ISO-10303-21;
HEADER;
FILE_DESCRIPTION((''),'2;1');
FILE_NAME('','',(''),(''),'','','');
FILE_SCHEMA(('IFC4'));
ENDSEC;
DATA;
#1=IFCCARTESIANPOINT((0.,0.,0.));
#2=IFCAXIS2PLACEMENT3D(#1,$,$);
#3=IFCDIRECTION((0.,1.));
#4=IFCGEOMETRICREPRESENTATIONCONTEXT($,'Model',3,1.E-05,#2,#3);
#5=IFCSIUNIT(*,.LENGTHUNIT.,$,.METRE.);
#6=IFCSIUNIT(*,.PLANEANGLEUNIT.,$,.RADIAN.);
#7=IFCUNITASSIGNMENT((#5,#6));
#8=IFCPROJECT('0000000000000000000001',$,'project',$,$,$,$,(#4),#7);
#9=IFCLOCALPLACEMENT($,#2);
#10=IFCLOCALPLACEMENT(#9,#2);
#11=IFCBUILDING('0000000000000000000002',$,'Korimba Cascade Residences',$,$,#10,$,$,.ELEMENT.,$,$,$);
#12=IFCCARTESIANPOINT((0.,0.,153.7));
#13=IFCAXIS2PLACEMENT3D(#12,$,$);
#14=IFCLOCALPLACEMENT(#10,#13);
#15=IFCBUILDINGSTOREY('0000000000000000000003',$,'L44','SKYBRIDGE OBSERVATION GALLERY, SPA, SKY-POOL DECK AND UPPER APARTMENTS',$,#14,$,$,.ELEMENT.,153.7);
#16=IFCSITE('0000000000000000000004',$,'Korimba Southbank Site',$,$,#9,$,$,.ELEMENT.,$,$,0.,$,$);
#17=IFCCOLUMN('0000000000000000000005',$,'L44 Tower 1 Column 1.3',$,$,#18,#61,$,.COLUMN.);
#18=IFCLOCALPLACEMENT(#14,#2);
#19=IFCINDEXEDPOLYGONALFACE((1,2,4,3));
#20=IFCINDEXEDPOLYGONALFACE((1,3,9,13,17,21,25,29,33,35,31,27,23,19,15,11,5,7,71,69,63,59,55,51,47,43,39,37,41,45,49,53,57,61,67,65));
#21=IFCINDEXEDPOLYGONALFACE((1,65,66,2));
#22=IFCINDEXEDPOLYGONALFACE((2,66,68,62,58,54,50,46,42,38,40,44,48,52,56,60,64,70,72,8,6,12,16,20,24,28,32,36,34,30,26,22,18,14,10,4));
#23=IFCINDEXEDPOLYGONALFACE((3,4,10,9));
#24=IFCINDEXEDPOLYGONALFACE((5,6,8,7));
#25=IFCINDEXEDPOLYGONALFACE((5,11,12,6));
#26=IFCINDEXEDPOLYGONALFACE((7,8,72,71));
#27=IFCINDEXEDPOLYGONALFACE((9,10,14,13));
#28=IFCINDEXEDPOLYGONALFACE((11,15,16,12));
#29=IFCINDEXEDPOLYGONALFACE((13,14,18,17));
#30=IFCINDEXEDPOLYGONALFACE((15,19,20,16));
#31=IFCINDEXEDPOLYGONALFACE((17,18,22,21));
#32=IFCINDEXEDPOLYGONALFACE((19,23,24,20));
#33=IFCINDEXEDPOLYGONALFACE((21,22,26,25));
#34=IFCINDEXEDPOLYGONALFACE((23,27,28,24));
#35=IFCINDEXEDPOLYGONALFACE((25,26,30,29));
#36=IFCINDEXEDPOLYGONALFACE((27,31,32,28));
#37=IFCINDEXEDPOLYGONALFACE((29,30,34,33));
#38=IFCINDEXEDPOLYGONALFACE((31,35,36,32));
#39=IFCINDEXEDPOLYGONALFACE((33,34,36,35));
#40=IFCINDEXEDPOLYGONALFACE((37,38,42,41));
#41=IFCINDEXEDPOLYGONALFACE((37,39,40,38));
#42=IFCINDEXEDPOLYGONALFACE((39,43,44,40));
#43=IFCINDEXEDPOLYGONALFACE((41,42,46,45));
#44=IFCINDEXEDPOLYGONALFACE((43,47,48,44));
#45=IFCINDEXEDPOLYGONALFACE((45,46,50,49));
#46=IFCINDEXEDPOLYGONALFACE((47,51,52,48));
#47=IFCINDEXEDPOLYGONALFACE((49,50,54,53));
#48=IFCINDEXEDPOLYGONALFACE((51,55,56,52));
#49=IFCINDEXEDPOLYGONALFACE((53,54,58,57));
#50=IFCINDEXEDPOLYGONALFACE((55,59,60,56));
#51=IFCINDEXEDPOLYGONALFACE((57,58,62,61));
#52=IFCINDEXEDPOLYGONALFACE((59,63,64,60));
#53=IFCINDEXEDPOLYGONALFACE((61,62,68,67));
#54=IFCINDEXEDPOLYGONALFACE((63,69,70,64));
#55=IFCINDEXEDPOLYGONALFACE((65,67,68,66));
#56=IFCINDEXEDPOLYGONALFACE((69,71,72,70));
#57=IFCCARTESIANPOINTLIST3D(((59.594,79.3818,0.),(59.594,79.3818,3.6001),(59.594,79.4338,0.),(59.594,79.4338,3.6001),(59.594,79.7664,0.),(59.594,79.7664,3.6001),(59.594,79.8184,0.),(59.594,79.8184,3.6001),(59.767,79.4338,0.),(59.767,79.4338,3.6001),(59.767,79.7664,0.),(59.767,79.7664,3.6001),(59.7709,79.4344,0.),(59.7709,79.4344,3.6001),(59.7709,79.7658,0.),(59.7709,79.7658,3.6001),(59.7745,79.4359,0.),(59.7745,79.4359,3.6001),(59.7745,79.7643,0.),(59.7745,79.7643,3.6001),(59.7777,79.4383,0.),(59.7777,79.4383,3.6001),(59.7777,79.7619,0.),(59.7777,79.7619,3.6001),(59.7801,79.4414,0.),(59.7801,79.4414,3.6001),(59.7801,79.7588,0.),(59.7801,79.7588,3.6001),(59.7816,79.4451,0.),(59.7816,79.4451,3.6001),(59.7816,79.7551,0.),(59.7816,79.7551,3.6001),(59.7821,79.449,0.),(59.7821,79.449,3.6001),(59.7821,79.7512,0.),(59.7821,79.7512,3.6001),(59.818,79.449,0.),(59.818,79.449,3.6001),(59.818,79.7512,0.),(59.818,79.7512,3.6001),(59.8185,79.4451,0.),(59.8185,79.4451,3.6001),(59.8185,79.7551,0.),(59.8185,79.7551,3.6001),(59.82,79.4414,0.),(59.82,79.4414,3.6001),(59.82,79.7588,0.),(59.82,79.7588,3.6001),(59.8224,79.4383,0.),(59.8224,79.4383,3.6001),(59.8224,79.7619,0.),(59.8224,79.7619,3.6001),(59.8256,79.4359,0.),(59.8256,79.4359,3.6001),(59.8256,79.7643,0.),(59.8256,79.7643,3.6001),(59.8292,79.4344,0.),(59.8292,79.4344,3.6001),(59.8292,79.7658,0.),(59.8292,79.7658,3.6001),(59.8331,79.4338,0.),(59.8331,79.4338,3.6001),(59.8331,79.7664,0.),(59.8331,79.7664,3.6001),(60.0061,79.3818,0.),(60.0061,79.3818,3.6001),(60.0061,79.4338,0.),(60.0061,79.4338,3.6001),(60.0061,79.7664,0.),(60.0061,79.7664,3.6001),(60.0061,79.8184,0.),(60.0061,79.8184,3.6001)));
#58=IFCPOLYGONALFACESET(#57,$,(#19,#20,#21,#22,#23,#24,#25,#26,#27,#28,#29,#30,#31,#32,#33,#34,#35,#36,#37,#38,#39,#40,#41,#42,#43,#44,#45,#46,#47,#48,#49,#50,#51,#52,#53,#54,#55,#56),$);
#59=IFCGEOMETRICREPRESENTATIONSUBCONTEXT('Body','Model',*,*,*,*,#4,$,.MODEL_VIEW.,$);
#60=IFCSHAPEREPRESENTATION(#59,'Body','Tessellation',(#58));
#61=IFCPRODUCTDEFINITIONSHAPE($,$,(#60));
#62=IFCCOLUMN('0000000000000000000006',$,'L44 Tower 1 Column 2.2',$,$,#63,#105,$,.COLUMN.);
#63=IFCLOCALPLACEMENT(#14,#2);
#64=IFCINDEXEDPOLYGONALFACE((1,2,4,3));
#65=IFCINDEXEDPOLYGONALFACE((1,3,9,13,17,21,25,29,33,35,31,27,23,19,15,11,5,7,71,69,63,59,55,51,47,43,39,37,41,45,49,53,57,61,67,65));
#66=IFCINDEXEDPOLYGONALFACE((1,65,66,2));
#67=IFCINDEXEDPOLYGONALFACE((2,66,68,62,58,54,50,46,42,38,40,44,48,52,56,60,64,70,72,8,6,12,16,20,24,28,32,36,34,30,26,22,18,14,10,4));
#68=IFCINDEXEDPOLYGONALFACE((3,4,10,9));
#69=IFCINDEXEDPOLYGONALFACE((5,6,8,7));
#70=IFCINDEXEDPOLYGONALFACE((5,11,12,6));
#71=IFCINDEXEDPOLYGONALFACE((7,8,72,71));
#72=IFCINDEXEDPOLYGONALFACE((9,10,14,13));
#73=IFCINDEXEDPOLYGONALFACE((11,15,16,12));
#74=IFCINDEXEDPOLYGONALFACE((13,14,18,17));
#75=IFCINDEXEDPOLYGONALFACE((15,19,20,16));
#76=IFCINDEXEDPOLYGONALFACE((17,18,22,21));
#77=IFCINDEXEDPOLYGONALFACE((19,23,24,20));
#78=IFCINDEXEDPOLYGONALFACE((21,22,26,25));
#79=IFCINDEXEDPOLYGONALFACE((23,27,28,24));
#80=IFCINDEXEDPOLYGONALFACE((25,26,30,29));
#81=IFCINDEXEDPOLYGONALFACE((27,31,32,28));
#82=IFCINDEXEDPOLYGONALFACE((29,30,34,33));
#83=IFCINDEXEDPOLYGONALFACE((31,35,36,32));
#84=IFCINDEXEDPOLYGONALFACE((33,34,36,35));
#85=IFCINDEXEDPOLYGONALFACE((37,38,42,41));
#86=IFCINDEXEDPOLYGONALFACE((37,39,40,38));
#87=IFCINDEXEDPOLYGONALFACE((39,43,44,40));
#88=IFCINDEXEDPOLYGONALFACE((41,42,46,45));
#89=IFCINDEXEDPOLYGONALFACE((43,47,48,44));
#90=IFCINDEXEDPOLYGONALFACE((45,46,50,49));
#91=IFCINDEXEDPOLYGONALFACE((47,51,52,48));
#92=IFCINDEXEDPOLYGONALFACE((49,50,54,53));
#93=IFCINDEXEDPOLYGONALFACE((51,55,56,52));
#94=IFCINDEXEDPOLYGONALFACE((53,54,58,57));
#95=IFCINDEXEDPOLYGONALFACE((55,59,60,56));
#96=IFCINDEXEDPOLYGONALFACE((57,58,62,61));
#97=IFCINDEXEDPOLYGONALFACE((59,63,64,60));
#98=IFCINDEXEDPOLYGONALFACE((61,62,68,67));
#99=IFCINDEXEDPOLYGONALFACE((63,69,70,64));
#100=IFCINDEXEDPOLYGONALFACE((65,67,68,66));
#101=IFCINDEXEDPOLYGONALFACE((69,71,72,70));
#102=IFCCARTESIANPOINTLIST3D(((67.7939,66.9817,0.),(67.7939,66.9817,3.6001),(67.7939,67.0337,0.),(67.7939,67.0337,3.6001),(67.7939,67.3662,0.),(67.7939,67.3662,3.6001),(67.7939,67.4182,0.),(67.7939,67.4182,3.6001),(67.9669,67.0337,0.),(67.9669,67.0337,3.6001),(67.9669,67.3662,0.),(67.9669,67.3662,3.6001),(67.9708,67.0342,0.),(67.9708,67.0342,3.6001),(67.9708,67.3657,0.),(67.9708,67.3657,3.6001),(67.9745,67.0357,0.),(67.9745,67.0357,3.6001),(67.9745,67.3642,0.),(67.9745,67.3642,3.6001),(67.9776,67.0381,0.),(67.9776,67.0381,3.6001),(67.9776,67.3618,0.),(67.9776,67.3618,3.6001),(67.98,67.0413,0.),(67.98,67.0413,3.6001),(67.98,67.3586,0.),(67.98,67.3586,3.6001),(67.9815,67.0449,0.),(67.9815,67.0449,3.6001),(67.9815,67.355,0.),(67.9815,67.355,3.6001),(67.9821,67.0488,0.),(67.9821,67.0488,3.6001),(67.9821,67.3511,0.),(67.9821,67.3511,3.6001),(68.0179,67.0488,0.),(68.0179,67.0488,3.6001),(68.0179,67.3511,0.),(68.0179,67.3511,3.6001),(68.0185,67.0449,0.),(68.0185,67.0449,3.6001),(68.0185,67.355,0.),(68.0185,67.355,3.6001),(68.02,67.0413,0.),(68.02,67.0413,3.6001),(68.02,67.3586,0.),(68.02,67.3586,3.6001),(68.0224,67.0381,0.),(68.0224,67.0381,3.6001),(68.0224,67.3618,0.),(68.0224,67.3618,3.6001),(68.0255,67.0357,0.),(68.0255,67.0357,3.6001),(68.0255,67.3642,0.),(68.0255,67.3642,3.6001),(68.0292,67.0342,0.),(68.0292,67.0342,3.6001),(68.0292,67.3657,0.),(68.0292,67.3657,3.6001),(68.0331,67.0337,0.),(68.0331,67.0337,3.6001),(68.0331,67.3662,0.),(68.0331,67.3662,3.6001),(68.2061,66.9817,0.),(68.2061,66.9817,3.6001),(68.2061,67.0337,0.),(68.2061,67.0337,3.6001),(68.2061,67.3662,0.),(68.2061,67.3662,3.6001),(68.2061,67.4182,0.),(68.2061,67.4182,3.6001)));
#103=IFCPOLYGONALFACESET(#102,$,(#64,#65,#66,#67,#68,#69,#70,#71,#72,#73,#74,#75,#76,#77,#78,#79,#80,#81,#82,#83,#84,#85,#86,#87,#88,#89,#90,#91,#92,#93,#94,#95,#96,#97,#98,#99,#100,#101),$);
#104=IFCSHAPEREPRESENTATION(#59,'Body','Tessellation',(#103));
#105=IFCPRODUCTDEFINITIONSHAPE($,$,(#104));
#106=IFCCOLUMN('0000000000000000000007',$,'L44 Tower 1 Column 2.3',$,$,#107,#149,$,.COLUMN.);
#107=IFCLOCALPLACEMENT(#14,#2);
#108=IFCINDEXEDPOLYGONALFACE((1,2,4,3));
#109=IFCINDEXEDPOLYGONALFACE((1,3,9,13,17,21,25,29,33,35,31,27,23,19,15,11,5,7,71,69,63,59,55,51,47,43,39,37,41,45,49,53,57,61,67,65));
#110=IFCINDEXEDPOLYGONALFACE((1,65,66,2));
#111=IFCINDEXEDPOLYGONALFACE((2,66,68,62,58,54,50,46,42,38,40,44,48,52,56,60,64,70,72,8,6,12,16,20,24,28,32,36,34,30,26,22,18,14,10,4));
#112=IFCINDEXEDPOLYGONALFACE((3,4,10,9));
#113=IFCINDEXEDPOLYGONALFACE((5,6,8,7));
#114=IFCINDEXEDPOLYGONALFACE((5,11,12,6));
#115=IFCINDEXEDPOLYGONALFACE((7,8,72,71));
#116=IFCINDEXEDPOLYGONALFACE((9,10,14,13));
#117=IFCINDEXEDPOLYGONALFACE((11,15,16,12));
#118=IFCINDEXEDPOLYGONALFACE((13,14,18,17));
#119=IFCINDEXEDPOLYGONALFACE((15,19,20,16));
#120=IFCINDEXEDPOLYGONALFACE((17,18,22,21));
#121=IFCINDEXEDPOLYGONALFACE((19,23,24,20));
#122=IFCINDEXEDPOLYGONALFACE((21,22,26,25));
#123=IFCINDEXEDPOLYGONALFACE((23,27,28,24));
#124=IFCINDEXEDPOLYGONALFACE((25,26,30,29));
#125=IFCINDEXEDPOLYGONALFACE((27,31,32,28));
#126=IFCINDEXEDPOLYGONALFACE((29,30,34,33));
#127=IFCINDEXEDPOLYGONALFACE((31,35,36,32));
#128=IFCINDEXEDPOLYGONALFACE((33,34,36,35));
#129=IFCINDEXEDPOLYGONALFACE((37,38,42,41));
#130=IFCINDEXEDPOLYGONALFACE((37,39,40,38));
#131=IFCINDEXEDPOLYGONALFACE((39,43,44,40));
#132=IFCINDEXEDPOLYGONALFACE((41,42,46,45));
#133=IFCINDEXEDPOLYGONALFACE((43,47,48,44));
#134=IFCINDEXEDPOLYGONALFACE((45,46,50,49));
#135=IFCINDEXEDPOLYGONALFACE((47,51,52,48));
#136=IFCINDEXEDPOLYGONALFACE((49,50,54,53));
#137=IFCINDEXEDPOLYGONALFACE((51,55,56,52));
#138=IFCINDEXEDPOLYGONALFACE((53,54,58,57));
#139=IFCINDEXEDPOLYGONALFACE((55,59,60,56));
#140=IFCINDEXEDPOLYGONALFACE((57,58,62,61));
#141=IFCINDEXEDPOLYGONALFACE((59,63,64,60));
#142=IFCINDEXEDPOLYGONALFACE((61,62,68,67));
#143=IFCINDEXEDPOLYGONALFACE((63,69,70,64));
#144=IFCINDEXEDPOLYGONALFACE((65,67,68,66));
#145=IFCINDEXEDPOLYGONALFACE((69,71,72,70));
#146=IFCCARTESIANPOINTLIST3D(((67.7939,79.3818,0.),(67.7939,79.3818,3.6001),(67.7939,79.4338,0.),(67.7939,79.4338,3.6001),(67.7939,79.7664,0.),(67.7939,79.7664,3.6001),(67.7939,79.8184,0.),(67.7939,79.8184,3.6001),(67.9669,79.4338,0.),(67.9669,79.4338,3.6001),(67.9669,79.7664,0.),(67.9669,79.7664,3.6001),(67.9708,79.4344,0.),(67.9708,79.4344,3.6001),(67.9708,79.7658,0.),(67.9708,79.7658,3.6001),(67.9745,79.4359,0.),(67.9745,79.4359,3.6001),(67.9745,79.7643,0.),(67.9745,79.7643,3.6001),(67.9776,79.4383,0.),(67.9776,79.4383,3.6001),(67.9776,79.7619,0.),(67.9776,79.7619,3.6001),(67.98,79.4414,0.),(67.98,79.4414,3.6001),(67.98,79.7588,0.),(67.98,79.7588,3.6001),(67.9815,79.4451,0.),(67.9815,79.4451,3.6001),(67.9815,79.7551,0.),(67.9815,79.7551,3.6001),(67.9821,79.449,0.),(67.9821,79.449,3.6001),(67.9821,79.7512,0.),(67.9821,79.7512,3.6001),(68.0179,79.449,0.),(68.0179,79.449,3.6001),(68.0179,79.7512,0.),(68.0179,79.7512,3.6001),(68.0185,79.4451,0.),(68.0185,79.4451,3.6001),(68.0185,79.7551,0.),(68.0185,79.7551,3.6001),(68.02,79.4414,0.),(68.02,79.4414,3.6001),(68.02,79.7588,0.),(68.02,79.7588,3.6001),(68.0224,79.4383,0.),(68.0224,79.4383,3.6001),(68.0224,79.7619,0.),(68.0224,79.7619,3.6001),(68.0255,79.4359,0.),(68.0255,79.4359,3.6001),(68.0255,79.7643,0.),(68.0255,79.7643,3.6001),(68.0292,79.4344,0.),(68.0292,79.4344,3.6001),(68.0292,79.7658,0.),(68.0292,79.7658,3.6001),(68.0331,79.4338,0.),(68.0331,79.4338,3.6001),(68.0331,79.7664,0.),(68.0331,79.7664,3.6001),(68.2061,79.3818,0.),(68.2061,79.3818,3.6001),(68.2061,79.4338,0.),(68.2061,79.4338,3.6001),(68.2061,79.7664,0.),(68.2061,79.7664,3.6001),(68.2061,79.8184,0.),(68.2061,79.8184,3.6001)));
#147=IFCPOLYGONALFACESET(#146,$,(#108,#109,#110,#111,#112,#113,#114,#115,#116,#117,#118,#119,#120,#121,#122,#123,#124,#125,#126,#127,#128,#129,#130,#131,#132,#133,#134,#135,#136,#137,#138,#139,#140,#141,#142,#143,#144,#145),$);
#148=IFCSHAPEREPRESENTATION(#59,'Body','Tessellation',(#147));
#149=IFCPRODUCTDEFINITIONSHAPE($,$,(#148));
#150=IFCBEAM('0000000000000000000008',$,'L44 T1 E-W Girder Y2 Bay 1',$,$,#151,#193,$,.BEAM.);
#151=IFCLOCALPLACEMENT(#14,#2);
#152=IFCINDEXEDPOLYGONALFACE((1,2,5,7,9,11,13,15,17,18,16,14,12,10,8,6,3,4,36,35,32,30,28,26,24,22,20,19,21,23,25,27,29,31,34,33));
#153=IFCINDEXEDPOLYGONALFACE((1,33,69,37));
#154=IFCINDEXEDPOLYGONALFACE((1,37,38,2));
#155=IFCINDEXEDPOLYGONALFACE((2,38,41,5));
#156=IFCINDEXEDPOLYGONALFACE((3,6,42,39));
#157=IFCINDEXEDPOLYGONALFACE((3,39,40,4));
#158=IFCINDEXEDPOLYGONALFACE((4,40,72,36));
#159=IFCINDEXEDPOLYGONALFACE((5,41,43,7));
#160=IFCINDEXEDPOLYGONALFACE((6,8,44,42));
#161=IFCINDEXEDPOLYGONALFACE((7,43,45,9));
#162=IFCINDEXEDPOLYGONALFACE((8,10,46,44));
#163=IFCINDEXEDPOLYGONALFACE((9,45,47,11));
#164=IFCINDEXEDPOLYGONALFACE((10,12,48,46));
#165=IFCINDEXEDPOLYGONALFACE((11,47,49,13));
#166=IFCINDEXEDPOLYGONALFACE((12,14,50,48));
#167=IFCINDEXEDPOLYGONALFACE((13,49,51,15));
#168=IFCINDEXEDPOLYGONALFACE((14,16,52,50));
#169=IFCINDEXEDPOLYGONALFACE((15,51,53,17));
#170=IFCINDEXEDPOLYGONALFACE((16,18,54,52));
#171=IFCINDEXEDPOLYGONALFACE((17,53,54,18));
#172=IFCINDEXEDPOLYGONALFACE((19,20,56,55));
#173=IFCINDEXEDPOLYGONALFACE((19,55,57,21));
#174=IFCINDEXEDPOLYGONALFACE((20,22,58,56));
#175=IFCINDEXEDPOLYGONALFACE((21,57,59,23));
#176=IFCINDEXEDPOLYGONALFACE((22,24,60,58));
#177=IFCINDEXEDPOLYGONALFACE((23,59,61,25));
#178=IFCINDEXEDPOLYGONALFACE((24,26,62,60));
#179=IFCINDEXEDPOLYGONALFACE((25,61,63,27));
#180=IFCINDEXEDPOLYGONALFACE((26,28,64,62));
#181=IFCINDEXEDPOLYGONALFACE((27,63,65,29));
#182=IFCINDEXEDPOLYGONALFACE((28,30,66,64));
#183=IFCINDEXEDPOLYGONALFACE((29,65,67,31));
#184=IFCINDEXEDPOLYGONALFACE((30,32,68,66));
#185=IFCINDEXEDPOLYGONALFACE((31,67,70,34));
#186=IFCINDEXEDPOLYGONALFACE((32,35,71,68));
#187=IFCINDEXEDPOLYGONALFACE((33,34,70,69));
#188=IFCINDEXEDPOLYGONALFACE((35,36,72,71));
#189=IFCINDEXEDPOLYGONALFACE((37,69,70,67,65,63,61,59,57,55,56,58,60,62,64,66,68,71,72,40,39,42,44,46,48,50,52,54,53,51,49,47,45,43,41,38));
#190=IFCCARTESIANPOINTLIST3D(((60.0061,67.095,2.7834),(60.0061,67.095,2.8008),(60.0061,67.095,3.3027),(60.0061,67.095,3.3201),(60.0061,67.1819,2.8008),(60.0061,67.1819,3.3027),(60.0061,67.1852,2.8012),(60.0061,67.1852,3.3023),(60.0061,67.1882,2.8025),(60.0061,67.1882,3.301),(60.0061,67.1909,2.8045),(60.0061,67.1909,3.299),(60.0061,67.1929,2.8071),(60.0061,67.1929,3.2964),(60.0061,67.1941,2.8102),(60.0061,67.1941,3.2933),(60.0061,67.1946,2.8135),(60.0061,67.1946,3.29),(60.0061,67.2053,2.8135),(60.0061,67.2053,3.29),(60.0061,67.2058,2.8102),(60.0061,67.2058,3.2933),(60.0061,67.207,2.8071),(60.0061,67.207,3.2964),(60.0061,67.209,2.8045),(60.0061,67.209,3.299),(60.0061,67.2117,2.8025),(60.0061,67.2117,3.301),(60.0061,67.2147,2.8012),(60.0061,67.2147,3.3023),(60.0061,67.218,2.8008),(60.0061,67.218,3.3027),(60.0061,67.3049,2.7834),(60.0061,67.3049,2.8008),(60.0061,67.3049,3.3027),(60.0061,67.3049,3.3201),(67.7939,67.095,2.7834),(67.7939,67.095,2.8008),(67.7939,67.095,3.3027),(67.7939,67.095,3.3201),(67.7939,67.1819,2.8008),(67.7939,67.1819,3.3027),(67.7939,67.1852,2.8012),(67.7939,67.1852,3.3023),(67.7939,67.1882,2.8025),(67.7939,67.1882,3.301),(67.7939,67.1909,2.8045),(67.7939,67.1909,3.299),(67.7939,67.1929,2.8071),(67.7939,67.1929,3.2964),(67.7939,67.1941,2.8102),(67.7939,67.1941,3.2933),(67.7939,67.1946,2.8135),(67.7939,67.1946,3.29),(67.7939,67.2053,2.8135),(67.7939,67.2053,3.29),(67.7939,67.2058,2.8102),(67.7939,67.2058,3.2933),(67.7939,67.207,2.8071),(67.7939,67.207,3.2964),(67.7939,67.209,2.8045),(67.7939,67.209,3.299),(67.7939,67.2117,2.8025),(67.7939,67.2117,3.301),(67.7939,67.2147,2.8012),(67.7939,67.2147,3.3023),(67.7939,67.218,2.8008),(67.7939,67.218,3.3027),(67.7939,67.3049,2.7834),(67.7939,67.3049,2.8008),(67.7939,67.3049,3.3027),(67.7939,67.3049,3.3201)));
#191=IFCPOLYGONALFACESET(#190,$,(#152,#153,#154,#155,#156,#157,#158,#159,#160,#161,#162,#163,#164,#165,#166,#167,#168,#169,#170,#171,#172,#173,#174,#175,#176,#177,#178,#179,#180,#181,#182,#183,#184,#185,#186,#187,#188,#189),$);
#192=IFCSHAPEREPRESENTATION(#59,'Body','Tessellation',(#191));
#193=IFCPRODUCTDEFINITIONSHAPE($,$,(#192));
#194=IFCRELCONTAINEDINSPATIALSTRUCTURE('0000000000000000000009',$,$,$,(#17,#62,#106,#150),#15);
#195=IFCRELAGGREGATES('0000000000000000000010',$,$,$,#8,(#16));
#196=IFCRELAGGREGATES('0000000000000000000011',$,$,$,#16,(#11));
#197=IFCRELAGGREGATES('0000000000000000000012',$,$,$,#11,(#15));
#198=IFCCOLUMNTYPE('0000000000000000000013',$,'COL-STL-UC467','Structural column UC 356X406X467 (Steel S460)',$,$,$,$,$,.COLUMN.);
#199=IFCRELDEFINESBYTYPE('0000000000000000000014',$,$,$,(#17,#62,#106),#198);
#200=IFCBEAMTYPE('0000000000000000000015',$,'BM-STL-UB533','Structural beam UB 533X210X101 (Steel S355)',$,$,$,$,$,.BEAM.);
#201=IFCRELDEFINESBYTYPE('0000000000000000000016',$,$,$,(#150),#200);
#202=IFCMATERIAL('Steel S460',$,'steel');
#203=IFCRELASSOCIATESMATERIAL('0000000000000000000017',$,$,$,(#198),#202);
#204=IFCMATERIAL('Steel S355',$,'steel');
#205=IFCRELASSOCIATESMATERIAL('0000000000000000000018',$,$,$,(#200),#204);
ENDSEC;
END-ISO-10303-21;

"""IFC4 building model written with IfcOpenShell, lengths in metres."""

from ifc_helpers import new_model, si_unit, direction, frame, origin, origin_2d, place, context, subcontext, project, spatial, i_section, extrude, material, material_profile, profile_set, type_object, element, save


model = new_model("IFC4")

# Units and contexts
model_context = context("Model", 3, precision=1e-05, world=origin(), true_north=direction((0.0, 1.0)))
body_context = subcontext(model_context, "Body", "Model", "MODEL_VIEW")
ifc_project = project(units=[si_unit("LENGTHUNIT", "METRE"), si_unit("PLANEANGLEUNIT", "RADIAN")], contexts=[model_context])

# Site, building, storey
site_placement = place(None, origin())
site = spatial("IfcSite", under=ifc_project, at=site_placement, Name="Korimba Southbank Site", CompositionType="ELEMENT", RefElevation=0.0)
building_placement = place(site_placement, origin())
building = spatial("IfcBuilding", under=site, at=building_placement, Name="Korimba Cascade Residences", CompositionType="ELEMENT")
storey_placement = place(building_placement, frame((0.0, 0.0, 153.7)))
storey = spatial("IfcBuildingStorey", under=building, at=storey_placement, Name="L44", Description="SKYBRIDGE OBSERVATION GALLERY, SPA, SKY-POOL DECK AND UPPER APARTMENTS", CompositionType="ELEMENT", Elevation=153.7)

# Columns
ifc_material_1 = material(Name="Steel S460", Category="steel")
ifc_material_profile_1 = material_profile(ifc_material_1, i_section(OverallWidth=0.4121, OverallDepth=0.4365, WebThickness=0.0359, FlangeThickness=0.052, FilletRadius=0.0151, at=origin_2d()), Name="Steel S460")
ifc_profile_set_1 = profile_set([ifc_material_profile_1], Name="Steel S460")
column_type = type_object("IfcColumnType", Name="COL-STL-UC467", Description="Structural column UC 356X406X467 (Steel S460)", PredefinedType="COLUMN", material=ifc_profile_set_1)
for number, where, z_axis, x_axis, name in (
    (1, (59.8, 79.6001, 0.0), (0.0, 0.0, 1.0), (1.0, 0.0, 0.0), "L44 Tower 1 Column 1.3"),
    (2, (68.0, 67.2, 0.0), (0.0, 0.0, 1.0), (1.0, 0.0, 0.0), "L44 Tower 1 Column 2.2"),
    (3, (68.0, 79.6001, 0.0), (0.0, 0.0, 1.0), (1.0, 0.0, 0.0), "L44 Tower 1 Column 2.3"),
):
    element("IfcColumn", number, at=place(storey_placement, frame(where, z_axis=z_axis, x_axis=x_axis)), inside=storey, type_object=column_type, Name=name, PredefinedType="COLUMN", context=body_context, shape_type="SweptSolid", body=[
        extrude(i_section(OverallWidth=0.4121, OverallDepth=0.4365, WebThickness=0.0359, FlangeThickness=0.052, FilletRadius=0.0151, at=origin_2d()), origin(), (0.0, 0.0, 1.0), 3.6001),
    ])

# Beam
ifc_material_2 = material(Name="Steel S355", Category="steel")
ifc_material_profile_2 = material_profile(ifc_material_2, i_section(OverallWidth=0.21, OverallDepth=0.5366, WebThickness=0.0107, FlangeThickness=0.0173, FilletRadius=0.0127, at=origin_2d()), Name="Steel S355")
ifc_profile_set_2 = profile_set([ifc_material_profile_2], Name="Steel S355")
beam_type_1 = type_object("IfcBeamType", Name="BM-STL-UB533", Description="Structural beam UB 533X210X101 (Steel S355)", PredefinedType="BEAM", material=ifc_profile_set_2)
beam_1_placement = place(storey_placement, frame((60.0061, 67.2, 3.0518), z_axis=(1.0, 0.0, 0.0), x_axis=(0.0, 1.0, 0.0)))
element("IfcBeam", 4, at=beam_1_placement, inside=storey, type_object=beam_type_1, Name="L44 T1 E-W Girder Y2 Bay 1", PredefinedType="BEAM", context=body_context, shape_type="SweptSolid", body=[
    extrude(i_section(OverallWidth=0.21, OverallDepth=0.5366, WebThickness=0.0107, FlangeThickness=0.0173, FilletRadius=0.0127, at=origin_2d()), origin(), (0.0, 0.0, 1.0), 7.7878),
])

save(model, "model.ifc")
